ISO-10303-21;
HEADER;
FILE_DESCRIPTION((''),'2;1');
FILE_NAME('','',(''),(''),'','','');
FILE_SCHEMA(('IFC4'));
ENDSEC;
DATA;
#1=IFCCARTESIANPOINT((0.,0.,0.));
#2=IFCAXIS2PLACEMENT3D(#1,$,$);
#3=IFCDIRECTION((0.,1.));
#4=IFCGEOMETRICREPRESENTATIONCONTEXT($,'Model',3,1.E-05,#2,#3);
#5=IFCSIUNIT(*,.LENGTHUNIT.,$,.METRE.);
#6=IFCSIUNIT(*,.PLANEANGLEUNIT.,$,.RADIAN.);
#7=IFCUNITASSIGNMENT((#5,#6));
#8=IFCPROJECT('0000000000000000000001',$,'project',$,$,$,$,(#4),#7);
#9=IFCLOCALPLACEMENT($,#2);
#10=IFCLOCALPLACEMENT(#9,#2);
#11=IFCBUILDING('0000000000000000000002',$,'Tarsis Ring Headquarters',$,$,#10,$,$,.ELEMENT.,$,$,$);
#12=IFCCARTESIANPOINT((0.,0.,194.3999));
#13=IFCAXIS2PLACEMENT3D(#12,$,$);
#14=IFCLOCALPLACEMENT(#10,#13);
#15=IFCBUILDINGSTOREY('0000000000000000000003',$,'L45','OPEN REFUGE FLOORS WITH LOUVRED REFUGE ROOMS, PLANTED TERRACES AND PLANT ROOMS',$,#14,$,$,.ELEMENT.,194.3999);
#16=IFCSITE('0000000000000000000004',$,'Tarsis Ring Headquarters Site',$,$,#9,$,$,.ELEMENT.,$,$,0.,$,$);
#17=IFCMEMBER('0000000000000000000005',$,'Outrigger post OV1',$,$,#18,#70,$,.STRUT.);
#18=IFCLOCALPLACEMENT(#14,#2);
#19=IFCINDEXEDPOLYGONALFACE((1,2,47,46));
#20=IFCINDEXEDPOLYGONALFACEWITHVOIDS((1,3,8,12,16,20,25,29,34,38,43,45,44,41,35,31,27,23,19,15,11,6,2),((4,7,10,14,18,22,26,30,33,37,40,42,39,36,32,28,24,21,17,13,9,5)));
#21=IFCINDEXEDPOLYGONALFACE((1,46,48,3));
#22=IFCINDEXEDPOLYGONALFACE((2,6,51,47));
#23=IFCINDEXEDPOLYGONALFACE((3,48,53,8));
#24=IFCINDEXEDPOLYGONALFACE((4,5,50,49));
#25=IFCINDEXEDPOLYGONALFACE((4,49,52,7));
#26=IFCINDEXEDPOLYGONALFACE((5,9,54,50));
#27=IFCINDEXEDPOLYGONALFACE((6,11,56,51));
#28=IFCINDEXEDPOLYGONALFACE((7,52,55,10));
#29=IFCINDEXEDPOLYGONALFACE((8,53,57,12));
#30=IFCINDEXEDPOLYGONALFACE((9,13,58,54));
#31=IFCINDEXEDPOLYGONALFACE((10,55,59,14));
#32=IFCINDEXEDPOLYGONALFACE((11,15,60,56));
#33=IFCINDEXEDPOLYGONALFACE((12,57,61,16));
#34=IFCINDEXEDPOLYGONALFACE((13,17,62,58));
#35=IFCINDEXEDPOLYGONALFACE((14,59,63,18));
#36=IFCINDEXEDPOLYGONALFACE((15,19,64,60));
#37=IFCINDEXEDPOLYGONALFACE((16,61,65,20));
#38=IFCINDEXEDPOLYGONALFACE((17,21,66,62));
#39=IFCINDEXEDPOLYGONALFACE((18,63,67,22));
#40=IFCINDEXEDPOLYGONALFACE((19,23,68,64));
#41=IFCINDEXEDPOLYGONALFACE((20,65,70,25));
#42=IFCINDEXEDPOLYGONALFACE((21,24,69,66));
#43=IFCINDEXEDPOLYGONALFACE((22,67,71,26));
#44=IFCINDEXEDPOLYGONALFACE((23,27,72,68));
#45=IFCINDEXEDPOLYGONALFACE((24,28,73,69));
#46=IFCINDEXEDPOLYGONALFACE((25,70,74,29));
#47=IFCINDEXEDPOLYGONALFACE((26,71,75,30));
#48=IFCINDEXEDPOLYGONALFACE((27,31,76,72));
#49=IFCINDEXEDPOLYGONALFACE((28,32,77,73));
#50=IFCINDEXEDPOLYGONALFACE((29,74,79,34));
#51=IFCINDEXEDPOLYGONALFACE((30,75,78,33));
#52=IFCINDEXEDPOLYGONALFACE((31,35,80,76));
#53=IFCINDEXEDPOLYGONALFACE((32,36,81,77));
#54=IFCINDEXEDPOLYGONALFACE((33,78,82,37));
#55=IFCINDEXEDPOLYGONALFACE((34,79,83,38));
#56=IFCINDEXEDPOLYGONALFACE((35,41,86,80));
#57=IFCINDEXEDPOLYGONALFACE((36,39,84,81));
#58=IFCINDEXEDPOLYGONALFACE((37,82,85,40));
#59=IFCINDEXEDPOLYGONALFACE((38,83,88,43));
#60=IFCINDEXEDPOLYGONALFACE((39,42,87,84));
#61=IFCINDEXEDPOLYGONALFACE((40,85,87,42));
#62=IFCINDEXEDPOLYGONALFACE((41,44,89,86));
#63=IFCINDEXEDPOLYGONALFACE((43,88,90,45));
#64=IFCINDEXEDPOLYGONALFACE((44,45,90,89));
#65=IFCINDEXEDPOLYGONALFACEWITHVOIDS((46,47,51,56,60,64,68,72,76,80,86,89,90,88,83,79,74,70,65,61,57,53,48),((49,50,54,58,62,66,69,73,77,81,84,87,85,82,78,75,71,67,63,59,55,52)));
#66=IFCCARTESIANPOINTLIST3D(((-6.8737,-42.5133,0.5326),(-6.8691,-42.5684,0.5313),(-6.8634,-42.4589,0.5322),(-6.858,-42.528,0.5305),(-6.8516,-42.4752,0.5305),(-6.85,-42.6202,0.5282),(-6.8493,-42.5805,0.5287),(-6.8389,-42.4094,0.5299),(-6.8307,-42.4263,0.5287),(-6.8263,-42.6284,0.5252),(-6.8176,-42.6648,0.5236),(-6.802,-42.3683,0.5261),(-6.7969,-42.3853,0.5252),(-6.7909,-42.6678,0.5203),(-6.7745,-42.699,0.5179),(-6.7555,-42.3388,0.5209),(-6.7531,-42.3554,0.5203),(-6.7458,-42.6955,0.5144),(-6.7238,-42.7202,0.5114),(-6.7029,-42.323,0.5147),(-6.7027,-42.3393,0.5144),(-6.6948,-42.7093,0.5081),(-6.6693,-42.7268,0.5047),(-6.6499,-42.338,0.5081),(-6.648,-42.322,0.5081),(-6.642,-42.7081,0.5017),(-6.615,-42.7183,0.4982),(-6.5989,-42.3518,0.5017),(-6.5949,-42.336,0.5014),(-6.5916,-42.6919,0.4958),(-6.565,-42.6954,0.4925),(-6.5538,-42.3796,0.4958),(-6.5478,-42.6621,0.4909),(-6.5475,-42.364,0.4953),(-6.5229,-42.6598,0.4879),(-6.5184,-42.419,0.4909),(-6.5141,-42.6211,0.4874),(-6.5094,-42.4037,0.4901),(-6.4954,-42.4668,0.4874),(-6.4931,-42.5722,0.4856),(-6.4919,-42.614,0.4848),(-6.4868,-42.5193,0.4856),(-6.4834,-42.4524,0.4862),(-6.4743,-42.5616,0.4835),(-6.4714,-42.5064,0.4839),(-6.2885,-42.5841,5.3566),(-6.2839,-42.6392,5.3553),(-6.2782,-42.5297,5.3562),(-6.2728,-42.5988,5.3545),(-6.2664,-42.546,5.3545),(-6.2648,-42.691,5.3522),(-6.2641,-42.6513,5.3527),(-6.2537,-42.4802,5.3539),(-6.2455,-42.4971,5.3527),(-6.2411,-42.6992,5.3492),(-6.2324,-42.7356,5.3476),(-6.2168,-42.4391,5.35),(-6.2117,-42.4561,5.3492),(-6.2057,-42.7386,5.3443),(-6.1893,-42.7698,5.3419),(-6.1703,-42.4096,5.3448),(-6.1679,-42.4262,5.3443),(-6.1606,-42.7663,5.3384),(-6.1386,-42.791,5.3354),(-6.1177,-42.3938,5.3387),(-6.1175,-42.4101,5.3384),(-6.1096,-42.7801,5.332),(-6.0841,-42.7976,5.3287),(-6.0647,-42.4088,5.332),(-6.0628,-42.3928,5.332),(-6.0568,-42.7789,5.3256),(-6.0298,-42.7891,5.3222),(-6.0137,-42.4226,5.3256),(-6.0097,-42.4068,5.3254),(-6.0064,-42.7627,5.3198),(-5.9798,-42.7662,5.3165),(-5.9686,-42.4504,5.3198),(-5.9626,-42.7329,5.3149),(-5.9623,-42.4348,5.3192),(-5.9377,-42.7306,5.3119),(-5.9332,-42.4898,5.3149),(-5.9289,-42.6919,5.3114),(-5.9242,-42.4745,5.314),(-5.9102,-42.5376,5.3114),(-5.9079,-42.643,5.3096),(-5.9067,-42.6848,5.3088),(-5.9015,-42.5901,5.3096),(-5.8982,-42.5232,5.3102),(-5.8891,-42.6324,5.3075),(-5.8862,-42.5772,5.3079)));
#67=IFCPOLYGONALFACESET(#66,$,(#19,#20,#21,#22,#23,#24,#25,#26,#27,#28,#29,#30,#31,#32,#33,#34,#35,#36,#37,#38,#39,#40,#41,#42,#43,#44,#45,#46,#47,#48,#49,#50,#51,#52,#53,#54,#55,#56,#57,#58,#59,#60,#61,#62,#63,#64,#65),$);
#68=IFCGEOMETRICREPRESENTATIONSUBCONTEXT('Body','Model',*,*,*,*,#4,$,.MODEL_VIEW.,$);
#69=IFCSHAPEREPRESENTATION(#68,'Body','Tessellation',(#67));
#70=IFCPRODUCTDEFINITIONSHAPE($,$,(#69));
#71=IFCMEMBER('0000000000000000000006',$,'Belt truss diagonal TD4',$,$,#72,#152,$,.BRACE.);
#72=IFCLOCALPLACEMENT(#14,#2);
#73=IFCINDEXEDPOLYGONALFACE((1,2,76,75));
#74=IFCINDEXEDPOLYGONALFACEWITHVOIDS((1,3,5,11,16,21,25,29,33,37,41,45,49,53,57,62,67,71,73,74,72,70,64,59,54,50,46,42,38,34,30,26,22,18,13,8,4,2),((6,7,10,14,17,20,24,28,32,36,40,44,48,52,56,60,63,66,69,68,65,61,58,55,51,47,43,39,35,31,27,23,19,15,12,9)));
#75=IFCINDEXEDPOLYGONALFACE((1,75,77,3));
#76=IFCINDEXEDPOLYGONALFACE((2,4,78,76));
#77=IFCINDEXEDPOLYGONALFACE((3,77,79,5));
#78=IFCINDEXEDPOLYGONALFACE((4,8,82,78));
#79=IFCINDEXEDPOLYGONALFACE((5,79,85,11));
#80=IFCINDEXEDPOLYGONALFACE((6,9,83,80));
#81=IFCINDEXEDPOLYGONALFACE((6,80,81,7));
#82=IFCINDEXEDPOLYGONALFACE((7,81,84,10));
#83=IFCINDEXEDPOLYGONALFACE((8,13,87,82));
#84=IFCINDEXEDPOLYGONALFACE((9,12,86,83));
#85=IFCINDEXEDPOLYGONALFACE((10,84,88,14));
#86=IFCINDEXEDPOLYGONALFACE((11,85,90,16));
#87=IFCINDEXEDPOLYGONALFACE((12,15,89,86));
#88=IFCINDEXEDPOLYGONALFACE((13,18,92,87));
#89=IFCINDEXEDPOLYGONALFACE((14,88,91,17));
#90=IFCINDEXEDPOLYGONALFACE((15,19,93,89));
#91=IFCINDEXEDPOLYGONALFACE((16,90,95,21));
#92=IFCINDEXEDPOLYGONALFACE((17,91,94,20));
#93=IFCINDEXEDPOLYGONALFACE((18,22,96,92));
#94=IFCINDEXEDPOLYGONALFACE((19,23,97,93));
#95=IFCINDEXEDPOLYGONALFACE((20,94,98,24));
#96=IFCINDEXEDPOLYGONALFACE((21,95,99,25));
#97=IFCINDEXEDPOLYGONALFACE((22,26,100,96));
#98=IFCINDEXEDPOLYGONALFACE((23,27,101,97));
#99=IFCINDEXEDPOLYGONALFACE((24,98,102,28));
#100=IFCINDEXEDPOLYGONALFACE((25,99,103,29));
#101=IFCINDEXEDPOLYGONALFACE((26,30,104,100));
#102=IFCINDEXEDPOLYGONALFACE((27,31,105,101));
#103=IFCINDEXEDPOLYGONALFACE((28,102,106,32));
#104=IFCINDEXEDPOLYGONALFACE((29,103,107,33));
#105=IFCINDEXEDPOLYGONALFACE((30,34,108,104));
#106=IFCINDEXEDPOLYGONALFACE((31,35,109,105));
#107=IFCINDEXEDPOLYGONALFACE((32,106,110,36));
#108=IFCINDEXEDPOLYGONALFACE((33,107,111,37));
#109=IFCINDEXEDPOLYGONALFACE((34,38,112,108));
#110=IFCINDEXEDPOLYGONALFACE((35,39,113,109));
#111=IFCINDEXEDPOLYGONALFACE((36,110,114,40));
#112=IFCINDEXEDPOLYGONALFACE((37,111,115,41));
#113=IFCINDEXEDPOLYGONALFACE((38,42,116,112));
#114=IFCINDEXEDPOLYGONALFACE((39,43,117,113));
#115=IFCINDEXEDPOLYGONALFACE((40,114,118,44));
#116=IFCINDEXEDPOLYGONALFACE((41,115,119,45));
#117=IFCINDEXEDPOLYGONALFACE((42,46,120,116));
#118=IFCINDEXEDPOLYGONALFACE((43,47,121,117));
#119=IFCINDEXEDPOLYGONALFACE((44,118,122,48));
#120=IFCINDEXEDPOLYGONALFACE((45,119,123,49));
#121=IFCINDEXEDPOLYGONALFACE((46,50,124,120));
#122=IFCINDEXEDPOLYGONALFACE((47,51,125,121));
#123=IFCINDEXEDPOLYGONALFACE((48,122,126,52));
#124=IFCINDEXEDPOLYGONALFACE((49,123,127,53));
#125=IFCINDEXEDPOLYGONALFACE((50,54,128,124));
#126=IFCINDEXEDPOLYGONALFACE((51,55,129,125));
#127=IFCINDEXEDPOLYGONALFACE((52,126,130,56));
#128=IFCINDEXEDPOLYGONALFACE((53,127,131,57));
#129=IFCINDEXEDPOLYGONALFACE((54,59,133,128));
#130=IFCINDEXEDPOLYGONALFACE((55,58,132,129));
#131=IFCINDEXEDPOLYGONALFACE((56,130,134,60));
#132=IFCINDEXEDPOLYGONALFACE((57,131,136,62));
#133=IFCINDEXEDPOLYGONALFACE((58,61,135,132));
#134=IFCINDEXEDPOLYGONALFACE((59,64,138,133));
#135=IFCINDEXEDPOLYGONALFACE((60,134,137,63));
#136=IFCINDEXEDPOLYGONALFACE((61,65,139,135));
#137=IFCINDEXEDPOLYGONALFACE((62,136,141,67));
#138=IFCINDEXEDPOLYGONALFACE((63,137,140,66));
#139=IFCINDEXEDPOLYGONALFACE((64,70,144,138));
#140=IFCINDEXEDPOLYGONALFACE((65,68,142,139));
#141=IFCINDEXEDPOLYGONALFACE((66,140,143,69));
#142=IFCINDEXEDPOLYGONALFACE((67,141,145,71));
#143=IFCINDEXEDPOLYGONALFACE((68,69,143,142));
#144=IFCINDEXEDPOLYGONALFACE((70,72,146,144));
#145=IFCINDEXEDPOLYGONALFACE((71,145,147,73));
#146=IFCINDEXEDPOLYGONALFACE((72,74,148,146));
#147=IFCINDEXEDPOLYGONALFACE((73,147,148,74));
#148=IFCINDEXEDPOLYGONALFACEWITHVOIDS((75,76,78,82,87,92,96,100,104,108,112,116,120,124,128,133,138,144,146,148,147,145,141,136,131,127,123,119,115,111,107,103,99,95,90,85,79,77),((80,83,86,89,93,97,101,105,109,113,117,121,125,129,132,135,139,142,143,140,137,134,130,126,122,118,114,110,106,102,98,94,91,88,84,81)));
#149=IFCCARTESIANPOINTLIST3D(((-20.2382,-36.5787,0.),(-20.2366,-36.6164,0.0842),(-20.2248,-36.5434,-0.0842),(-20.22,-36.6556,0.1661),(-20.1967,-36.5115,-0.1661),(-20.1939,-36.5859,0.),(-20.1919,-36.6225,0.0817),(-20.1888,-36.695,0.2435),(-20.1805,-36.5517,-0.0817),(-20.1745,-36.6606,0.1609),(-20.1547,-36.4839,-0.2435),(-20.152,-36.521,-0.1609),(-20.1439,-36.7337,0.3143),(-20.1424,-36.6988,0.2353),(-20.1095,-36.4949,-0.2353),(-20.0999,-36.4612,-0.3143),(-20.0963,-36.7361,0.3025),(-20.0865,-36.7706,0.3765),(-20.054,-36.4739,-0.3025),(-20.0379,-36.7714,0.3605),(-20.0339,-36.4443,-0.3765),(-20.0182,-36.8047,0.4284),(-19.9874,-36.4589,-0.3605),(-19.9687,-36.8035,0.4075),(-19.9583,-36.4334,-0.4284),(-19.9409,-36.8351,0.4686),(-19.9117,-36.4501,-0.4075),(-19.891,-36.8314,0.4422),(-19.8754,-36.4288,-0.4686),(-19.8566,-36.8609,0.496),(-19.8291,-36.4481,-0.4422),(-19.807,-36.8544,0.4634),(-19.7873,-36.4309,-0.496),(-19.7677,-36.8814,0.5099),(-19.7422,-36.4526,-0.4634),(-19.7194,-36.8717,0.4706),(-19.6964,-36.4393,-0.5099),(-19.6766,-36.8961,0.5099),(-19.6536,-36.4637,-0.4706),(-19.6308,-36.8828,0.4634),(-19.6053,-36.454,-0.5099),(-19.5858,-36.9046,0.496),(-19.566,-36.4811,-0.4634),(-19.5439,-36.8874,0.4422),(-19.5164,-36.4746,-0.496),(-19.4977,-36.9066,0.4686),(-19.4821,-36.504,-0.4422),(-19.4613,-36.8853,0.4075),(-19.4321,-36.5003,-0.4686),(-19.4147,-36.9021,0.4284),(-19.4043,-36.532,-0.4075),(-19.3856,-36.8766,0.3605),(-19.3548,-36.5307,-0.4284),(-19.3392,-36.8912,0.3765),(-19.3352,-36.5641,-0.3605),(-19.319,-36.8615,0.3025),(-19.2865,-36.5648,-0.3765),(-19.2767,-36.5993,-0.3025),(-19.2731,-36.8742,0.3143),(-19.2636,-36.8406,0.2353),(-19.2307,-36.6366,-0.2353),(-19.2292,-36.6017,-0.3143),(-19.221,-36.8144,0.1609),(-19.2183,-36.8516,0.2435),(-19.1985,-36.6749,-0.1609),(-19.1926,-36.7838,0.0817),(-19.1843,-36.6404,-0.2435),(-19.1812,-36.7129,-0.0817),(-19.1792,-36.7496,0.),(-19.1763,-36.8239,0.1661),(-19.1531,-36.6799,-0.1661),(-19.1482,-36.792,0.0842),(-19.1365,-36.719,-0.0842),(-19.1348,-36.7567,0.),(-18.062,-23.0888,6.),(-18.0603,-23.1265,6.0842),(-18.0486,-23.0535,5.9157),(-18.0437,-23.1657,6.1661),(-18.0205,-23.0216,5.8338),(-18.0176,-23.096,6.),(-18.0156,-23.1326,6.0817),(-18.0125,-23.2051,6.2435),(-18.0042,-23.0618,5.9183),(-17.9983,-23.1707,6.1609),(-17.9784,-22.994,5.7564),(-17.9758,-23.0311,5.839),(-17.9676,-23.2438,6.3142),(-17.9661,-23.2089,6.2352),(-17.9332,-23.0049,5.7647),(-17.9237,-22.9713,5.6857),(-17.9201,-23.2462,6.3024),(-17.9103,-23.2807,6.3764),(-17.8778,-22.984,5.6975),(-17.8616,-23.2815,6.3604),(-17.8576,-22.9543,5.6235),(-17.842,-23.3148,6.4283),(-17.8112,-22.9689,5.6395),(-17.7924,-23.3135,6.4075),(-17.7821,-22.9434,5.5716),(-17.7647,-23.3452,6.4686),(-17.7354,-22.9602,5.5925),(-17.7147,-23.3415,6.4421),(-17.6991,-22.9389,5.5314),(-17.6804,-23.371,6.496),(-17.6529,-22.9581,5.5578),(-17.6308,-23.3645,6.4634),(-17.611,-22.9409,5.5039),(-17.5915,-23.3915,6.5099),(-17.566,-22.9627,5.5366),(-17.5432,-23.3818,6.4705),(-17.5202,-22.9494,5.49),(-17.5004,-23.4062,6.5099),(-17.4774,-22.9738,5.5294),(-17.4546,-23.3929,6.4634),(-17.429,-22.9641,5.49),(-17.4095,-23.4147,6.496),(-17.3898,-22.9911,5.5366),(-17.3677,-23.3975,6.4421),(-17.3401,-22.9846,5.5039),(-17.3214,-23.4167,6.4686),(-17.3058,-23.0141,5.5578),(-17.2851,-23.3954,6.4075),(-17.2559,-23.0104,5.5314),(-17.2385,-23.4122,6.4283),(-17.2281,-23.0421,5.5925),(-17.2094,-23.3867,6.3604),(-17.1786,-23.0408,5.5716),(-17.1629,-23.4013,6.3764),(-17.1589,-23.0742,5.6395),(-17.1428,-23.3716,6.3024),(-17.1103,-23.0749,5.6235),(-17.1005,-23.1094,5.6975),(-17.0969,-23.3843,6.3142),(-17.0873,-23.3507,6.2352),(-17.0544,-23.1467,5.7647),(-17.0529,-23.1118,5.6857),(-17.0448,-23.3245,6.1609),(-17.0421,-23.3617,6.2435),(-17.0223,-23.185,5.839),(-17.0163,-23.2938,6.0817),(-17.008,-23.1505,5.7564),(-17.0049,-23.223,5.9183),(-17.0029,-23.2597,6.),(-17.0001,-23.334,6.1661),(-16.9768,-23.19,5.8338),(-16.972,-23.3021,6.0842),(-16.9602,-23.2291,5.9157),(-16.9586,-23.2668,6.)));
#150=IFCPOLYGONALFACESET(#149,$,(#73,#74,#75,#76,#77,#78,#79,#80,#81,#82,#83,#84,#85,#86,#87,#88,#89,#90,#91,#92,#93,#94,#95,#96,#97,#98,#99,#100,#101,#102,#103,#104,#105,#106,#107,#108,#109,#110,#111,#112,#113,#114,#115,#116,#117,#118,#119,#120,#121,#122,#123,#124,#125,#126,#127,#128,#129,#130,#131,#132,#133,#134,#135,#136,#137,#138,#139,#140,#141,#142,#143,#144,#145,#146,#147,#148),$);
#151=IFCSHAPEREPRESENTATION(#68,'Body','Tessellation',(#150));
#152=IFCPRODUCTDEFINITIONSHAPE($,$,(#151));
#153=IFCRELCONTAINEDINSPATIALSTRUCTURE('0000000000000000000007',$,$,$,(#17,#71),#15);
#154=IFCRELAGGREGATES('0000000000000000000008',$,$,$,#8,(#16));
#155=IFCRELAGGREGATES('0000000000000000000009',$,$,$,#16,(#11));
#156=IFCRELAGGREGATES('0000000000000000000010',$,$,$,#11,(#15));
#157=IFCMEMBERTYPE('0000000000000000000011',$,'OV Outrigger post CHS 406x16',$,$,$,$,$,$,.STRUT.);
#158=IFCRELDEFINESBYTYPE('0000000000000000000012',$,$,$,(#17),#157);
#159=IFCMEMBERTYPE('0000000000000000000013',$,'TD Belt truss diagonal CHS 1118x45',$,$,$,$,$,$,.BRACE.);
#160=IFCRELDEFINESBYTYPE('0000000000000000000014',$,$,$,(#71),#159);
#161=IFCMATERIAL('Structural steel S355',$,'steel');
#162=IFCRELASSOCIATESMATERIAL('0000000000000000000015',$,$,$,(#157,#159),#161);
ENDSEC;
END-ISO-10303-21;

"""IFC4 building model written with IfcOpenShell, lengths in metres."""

from ifc_helpers import new_model, si_unit, direction, frame, origin, origin_2d, place, context, subcontext, project, spatial, hollow_circle, extrude, material, material_profile, profile_set, type_object, element, save


model = new_model("IFC4")

# Units and contexts
model_context = context("Model", 3, precision=1e-05, world=origin(), true_north=direction((0.0, 1.0)))
body_context = subcontext(model_context, "Body", "Model", "MODEL_VIEW")
ifc_project = project(units=[si_unit("LENGTHUNIT", "METRE"), si_unit("PLANEANGLEUNIT", "RADIAN")], contexts=[model_context])

# Site, building, storey
site_placement = place(None, origin())
site = spatial("IfcSite", under=ifc_project, at=site_placement, Name="Tarsis Ring Headquarters Site", CompositionType="ELEMENT", RefElevation=0.0)
building_placement = place(site_placement, origin())
building = spatial("IfcBuilding", under=site, at=building_placement, Name="Tarsis Ring Headquarters", CompositionType="ELEMENT")
storey_placement = place(building_placement, frame((0.0, 0.0, 194.3999)))
storey = spatial("IfcBuildingStorey", under=building, at=storey_placement, Name="L45", Description="OPEN REFUGE FLOORS WITH LOUVRED REFUGE ROOMS, PLANTED TERRACES AND PLANT ROOMS", CompositionType="ELEMENT", Elevation=194.3999)

# Shared definitions
ifc_material_1 = material(Name="Structural steel S355", Category="steel")
ifc_material_profile_1 = material_profile(ifc_material_1, hollow_circle(Radius=0.5588, WallThickness=0.0449, at=origin_2d()), Name="CHS 1118x45")
ifc_profile_set_1 = profile_set([ifc_material_profile_1], Name="Structural steel S355")

# Members
ifc_material_profile_2 = material_profile(ifc_material_1, hollow_circle(Radius=0.2031, WallThickness=0.0161, at=origin_2d()), Name="CHS 406x16")
ifc_profile_set_2 = profile_set([ifc_material_profile_2], Name="Structural steel S355")
member_type_1 = type_object("IfcMemberType", Name="OV Outrigger post CHS 406x16", PredefinedType="STRUT", material=ifc_profile_set_2)
member_1_placement = place(storey_placement, frame((-6.6724, -42.5237, 0.5081), z_axis=(0.120416, -0.014568, 0.992617), x_axis=(0.120109, 0.992761, 0.0)))
element("IfcMember", 1, at=member_1_placement, inside=storey, type_object=member_type_1, Name="Outrigger post OV1", PredefinedType="STRUT", context=body_context, shape_type="SweptSolid", body=[
    extrude(hollow_circle(Radius=0.2031, WallThickness=0.0161, at=origin_2d()), origin(), (0.0, 0.0, 1.0), 4.8599),
])
member_type_2 = type_object("IfcMemberType", Name="TD Belt truss diagonal CHS 1118x45", PredefinedType="BRACE", material=ifc_profile_set_1)
member_2_placement = place(storey_placement, frame((-19.6865, -36.6677, 0.0), z_axis=(0.145827, 0.903932, 0.402046), x_axis=(-0.987236, 0.159266, 0.0)))
element("IfcMember", 2, at=member_2_placement, inside=storey, type_object=member_type_2, Name="Belt truss diagonal TD4", PredefinedType="BRACE", context=body_context, shape_type="SweptSolid", body=[
    extrude(hollow_circle(Radius=0.5588, WallThickness=0.0449, at=origin_2d()), origin(), (0.0, 0.0, 1.0), 14.9236),
])

save(model, "model.ifc")
